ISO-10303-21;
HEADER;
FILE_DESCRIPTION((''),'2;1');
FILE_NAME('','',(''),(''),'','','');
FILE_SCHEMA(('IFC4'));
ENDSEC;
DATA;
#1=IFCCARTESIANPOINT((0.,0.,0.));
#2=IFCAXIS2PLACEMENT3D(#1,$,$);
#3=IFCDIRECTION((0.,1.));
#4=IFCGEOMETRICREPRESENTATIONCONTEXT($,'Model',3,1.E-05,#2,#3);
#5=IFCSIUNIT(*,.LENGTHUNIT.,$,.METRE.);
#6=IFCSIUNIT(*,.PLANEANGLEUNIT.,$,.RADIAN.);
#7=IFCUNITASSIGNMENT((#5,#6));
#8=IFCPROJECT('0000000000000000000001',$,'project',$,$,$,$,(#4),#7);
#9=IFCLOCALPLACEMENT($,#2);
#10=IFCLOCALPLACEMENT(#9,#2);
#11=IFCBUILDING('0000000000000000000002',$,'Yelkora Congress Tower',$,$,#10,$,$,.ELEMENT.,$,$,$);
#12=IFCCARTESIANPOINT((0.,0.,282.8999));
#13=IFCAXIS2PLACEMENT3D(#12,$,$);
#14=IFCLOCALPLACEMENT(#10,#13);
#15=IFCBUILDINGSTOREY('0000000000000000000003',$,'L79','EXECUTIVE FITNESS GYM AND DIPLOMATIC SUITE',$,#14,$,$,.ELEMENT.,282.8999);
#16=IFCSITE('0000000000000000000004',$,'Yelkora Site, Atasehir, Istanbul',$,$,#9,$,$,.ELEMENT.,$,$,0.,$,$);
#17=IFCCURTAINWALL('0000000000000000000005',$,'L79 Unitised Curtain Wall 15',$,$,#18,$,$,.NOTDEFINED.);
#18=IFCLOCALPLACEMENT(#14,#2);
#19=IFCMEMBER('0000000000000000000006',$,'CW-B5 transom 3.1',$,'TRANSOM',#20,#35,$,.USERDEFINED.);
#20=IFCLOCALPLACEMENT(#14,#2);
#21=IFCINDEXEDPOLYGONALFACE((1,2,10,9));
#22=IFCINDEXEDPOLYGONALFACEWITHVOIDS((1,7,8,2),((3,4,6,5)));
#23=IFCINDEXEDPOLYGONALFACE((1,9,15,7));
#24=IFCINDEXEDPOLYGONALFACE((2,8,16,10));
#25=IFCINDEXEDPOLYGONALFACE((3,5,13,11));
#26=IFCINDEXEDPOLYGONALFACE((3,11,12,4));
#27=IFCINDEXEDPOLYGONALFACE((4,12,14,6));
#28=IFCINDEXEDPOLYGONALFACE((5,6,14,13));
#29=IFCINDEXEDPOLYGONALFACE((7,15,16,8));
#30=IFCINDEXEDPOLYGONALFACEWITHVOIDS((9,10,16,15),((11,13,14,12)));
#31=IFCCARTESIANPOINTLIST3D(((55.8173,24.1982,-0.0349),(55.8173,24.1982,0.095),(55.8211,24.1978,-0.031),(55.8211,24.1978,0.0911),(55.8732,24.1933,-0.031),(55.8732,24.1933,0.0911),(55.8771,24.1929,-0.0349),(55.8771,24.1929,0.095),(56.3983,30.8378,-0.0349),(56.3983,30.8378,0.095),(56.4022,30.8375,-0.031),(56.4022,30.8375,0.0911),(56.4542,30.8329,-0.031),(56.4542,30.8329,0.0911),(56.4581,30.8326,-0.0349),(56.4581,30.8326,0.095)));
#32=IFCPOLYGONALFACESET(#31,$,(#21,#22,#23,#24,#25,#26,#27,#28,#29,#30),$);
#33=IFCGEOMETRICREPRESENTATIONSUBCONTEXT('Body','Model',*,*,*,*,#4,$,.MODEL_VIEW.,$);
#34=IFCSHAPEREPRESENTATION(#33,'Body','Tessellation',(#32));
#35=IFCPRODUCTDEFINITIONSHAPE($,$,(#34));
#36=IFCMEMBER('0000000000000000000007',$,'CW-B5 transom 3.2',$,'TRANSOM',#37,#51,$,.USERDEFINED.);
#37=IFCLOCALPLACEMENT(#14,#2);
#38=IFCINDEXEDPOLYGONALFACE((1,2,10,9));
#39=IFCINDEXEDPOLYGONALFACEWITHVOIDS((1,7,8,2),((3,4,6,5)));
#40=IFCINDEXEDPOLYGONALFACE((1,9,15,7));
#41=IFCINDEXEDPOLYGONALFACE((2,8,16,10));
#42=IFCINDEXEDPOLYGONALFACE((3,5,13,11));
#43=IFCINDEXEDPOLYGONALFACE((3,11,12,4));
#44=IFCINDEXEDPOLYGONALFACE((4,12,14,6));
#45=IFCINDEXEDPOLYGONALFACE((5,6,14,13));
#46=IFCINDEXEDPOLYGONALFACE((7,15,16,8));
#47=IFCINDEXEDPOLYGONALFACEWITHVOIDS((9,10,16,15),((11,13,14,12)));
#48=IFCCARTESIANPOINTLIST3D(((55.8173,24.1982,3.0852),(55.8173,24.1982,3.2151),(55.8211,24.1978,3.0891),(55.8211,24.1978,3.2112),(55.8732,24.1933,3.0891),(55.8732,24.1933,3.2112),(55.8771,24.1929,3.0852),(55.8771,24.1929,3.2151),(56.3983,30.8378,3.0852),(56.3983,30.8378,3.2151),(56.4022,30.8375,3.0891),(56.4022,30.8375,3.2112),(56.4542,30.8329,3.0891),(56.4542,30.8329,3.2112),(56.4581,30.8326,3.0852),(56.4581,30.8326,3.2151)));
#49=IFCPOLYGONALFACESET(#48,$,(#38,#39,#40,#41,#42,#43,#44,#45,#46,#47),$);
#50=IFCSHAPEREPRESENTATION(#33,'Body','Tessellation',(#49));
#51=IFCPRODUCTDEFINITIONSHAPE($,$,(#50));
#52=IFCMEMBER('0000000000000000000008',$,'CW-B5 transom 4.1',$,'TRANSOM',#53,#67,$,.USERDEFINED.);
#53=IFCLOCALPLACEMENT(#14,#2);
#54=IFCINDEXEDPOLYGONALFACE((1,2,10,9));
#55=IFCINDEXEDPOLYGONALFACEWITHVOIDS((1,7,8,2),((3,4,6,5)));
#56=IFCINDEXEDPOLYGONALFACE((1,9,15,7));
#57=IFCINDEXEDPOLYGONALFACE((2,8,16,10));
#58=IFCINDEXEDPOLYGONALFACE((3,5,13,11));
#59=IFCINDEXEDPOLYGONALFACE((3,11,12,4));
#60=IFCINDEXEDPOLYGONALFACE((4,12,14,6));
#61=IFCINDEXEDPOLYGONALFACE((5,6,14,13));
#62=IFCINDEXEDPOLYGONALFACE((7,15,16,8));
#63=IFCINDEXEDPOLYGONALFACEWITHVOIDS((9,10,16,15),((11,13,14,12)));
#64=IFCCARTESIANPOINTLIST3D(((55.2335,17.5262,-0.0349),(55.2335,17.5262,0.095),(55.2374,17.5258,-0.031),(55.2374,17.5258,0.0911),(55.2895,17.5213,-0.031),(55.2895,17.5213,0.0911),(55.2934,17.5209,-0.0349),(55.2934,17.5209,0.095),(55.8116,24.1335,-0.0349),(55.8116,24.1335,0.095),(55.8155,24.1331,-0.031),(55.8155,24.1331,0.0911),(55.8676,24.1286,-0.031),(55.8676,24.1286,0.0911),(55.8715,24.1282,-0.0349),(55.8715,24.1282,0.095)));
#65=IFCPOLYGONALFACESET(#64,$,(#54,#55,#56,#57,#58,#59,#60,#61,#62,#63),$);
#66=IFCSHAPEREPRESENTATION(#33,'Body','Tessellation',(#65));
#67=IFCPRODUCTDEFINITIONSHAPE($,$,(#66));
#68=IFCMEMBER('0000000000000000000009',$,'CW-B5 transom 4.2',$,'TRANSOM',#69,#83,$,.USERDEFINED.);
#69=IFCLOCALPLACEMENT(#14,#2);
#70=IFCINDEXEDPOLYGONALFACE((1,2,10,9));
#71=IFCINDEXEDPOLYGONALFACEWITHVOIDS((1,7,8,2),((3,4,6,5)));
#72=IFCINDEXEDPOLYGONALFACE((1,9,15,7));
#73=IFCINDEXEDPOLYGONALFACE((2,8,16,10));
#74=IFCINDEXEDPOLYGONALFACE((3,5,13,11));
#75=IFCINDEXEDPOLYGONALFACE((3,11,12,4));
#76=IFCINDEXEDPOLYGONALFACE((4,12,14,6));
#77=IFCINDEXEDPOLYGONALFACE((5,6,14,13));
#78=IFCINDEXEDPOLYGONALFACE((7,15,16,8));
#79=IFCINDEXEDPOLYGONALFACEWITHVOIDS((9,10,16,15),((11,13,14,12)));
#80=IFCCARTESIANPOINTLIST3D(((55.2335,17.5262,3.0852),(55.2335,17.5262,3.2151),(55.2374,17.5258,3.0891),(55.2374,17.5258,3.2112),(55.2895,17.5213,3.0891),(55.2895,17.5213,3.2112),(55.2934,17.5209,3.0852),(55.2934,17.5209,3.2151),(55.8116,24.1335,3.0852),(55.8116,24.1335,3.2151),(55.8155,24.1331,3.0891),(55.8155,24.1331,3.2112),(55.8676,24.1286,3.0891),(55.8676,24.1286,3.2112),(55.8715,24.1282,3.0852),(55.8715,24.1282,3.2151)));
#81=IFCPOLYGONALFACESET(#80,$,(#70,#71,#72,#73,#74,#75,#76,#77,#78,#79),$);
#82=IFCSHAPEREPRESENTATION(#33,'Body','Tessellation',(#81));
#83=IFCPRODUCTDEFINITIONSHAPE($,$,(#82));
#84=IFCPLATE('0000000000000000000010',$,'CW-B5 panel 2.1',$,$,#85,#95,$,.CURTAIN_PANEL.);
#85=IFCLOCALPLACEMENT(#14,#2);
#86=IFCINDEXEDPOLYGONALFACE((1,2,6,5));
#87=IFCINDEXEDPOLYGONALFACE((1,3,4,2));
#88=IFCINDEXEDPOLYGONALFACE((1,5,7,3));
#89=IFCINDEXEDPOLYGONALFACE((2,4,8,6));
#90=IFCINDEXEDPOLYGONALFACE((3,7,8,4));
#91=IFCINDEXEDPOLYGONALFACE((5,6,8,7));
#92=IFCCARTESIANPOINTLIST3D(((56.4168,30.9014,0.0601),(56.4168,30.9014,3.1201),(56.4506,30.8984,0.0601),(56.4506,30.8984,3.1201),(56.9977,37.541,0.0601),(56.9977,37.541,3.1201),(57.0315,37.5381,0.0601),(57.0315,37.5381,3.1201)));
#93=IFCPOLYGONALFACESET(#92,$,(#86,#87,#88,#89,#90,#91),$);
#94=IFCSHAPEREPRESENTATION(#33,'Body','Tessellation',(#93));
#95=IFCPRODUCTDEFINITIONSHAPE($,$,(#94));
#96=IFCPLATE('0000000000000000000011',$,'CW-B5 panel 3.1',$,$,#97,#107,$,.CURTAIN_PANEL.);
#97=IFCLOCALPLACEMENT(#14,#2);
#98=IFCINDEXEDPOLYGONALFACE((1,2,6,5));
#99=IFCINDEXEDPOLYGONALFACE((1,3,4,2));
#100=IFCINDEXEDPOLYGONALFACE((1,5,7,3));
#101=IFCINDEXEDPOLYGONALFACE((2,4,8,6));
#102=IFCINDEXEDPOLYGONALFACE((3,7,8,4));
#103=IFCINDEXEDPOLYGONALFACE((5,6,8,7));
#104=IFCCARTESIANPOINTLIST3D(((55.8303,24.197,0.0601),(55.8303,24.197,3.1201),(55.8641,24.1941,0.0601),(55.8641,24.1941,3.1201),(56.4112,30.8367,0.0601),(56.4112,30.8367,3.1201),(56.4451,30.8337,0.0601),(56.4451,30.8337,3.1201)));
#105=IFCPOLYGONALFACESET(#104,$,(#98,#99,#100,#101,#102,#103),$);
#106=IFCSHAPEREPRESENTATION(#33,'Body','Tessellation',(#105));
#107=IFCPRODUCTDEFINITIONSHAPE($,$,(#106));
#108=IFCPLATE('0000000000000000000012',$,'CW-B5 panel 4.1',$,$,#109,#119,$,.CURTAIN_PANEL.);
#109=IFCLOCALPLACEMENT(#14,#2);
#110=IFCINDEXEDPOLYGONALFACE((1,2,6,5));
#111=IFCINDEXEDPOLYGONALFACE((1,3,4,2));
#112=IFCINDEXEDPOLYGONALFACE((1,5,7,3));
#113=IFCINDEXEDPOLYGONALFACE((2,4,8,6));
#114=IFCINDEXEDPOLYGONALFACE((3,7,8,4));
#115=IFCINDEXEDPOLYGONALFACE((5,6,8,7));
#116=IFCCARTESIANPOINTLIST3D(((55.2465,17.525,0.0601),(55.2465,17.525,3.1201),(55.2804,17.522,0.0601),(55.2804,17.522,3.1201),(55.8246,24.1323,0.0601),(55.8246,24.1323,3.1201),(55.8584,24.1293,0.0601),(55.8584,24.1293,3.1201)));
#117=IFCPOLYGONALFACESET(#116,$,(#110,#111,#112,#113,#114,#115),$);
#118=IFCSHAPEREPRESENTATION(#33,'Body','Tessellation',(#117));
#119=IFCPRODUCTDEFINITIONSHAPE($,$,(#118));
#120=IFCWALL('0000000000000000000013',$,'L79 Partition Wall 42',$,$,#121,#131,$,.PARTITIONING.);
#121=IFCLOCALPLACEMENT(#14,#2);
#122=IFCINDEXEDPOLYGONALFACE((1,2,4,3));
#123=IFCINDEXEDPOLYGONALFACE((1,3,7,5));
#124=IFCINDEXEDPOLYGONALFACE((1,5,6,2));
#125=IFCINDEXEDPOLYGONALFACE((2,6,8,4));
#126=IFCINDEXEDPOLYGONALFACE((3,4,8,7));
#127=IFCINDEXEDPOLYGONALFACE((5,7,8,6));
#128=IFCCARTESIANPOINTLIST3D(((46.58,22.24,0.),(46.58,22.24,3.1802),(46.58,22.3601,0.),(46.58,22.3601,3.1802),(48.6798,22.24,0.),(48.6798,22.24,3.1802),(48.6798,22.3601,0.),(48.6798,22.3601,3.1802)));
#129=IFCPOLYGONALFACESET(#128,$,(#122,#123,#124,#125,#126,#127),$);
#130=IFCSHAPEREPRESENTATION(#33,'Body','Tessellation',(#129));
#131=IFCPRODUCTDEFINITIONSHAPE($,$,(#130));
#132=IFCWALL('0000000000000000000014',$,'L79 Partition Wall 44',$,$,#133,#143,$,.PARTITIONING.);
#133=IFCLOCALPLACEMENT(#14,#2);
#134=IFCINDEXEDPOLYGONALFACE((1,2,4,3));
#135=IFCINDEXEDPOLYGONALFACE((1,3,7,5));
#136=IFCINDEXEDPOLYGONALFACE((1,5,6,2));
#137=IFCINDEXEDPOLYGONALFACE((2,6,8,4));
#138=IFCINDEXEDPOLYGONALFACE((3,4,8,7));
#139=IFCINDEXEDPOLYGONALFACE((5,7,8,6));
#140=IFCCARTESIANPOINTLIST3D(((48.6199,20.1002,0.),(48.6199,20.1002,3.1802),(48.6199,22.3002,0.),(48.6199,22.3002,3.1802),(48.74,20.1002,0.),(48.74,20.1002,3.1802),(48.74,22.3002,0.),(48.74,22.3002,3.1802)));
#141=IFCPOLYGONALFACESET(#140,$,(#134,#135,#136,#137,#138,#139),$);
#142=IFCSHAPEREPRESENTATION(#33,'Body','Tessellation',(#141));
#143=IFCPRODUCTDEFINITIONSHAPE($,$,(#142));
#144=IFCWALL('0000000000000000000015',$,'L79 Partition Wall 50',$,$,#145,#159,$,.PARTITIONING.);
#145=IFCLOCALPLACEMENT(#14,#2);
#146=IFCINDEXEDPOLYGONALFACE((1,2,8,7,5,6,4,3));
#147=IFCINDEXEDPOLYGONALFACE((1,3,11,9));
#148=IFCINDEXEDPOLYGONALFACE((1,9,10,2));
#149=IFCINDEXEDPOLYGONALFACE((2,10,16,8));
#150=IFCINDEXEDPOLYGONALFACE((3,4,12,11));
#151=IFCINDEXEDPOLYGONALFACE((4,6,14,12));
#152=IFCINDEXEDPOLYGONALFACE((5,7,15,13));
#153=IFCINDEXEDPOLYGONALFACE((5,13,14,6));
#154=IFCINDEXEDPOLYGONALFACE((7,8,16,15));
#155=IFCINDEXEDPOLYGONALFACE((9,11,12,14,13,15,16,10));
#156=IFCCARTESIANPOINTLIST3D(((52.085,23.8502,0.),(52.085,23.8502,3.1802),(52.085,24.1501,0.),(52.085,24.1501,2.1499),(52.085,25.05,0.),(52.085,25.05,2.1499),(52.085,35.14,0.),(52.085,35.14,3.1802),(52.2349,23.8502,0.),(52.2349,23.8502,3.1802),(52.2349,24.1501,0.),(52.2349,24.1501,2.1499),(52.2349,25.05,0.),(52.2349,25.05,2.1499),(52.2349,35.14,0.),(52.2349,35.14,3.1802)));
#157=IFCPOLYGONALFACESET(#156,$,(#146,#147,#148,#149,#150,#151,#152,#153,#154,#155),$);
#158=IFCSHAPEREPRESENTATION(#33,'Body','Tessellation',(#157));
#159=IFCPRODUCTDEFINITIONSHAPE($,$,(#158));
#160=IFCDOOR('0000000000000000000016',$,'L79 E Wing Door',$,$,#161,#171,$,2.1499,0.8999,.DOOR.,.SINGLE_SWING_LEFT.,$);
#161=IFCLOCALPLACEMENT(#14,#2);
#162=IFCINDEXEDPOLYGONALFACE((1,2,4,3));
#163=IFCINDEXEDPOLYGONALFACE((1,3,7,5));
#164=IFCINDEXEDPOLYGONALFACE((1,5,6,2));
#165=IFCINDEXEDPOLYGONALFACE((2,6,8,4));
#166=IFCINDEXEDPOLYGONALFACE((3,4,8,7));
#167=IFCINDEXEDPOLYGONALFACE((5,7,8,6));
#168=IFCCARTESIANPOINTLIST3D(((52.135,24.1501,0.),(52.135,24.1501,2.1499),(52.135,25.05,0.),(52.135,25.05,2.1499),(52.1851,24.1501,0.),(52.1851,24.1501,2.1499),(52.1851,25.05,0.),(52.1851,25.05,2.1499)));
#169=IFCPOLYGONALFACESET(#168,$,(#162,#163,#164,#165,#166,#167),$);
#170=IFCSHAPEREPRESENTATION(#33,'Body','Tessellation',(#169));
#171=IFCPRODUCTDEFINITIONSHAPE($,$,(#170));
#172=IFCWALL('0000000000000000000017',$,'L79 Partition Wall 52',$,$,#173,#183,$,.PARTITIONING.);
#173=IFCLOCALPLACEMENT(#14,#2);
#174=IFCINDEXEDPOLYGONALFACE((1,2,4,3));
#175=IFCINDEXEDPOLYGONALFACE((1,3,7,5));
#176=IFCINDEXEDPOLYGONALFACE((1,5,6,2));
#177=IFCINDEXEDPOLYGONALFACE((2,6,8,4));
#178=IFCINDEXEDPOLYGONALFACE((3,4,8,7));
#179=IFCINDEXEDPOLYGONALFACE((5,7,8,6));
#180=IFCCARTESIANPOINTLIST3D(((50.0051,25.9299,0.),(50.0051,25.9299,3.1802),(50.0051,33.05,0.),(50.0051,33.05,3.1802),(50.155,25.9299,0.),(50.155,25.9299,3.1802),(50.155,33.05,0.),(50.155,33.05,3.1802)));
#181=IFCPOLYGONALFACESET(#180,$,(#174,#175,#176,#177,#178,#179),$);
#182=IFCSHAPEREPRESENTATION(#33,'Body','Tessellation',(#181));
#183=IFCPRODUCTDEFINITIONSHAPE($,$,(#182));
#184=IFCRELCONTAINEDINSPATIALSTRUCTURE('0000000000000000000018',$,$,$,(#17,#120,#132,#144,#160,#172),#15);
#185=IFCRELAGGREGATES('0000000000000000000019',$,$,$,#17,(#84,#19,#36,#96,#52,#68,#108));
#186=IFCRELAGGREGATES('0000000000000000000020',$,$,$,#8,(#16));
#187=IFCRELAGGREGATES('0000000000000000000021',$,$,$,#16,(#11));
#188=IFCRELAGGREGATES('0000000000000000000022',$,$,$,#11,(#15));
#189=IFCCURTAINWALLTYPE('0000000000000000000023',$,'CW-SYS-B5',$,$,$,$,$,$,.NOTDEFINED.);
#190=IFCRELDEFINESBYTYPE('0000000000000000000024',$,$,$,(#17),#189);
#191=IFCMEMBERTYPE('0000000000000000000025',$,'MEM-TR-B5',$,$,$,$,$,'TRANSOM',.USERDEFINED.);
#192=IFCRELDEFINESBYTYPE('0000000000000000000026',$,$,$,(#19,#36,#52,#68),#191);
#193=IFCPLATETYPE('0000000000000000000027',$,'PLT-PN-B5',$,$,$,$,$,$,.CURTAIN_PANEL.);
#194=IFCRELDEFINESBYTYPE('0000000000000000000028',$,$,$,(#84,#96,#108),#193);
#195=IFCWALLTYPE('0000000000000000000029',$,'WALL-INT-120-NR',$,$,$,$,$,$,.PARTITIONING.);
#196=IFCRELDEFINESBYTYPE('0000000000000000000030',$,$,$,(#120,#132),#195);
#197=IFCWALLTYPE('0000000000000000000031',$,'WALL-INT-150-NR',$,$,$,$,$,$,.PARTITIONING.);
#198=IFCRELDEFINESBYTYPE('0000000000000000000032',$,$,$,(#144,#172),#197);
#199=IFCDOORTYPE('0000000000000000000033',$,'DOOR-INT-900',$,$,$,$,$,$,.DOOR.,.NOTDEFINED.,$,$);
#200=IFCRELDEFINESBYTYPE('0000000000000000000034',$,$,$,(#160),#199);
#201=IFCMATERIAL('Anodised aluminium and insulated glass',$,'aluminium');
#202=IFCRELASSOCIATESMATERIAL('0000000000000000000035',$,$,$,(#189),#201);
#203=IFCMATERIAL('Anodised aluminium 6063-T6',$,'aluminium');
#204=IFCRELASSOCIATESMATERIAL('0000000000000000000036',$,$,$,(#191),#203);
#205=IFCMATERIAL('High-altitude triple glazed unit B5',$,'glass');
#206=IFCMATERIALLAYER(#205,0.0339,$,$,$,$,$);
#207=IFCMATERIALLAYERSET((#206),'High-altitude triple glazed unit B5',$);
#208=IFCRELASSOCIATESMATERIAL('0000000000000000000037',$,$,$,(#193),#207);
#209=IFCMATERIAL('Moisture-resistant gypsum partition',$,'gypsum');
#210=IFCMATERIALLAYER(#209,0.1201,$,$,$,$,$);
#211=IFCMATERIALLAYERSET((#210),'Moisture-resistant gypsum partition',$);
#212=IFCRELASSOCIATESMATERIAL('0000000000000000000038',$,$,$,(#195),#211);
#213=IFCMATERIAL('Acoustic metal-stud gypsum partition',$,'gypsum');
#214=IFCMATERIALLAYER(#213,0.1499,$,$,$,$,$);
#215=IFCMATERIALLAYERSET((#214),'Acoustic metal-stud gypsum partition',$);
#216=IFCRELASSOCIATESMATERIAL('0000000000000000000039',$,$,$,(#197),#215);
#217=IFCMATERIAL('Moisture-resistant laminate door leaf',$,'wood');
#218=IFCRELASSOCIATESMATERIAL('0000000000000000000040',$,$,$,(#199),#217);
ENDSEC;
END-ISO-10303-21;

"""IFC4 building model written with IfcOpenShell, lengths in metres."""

from ifc_helpers import new_model, si_unit, direction, frame, frame_2d, origin, origin_2d, place, context, subcontext, project, spatial, rectangle, hollow_rectangle, extrude, material, layer, layer_set, material_profile, profile_set, type_object, element, fill, aggregate, save


model = new_model("IFC4")

# Units and contexts
model_context = context("Model", 3, precision=1e-05, world=origin(), true_north=direction((0.0, 1.0)))
body_context = subcontext(model_context, "Body", "Model", "MODEL_VIEW")
ifc_project = project(units=[si_unit("LENGTHUNIT", "METRE"), si_unit("PLANEANGLEUNIT", "RADIAN")], contexts=[model_context])

# Site, building, storey
site_placement = place(None, origin())
site = spatial("IfcSite", under=ifc_project, at=site_placement, Name="Yelkora Site, Atasehir, Istanbul", CompositionType="ELEMENT", RefElevation=0.0)
building_placement = place(site_placement, origin())
building = spatial("IfcBuilding", under=site, at=building_placement, Name="Yelkora Congress Tower", CompositionType="ELEMENT")
storey_placement = place(building_placement, frame((0.0, 0.0, 282.8999)))
storey = spatial("IfcBuildingStorey", under=building, at=storey_placement, Name="L79", Description="EXECUTIVE FITNESS GYM AND DIPLOMATIC SUITE", CompositionType="ELEMENT", Elevation=282.8999)

# Curtain wall, members, plates
ifc_material_1 = material(Name="Anodised aluminium and insulated glass", Category="aluminium")
curtain_wall_type = type_object("IfcCurtainWallType", Name="CW-SYS-B5", PredefinedType="NOTDEFINED", material=ifc_material_1)
curtain_wall_placement = place(storey_placement, origin())
curtain_wall = element("IfcCurtainWall", 1, at=curtain_wall_placement, inside=storey, type_object=curtain_wall_type, Name="L79 Unitised Curtain Wall 15", PredefinedType="NOTDEFINED")
ifc_material_2 = material(Name="Anodised aluminium 6063-T6", Category="aluminium")
ifc_material_profile_1 = material_profile(ifc_material_2, hollow_rectangle(XDim=0.0601, YDim=0.1299, WallThickness=0.0039, at=origin_2d()), Name="ALU 60x130x4")
ifc_profile_set_1 = profile_set([ifc_material_profile_1], Name="Anodised aluminium 6063-T6")
member_type_1 = type_object("IfcMemberType", Name="MEM-TR-B5", ElementType="TRANSOM", PredefinedType="USERDEFINED", material=ifc_profile_set_1)
member_1_placement = place(storey_placement, frame((56.4282, 30.8352, 0.03), z_axis=(-0.08718, -0.996193, 0.0), x_axis=(0.996193, -0.08718, 0.0)))
member_1 = element("IfcMember", 2, at=member_1_placement, type_object=member_type_1, Name="CW-B5 transom 3.1", ObjectType="TRANSOM", PredefinedType="USERDEFINED", context=body_context, shape_type="SweptSolid", body=[
    extrude(hollow_rectangle(XDim=0.0601, YDim=0.1299, WallThickness=0.0039, at=origin_2d()), origin(), (0.0, 0.0, 1.0), 6.665),
])
member_2_placement = place(storey_placement, frame((56.4282, 30.8352, 3.1501), z_axis=(-0.08718, -0.996193, 0.0), x_axis=(0.996193, -0.08718, 0.0)))
member_2 = element("IfcMember", 3, at=member_2_placement, type_object=member_type_1, Name="CW-B5 transom 3.2", ObjectType="TRANSOM", PredefinedType="USERDEFINED", context=body_context, shape_type="SweptSolid", body=[
    extrude(hollow_rectangle(XDim=0.0601, YDim=0.1299, WallThickness=0.0039, at=origin_2d()), origin(), (0.0, 0.0, 1.0), 6.665),
])
member_3_placement = place(storey_placement, frame((55.8416, 24.1309, 0.03), z_axis=(-0.087163, -0.996194, 0.0), x_axis=(0.996194, -0.087163, 0.0)))
member_3 = element("IfcMember", 4, at=member_3_placement, type_object=member_type_1, Name="CW-B5 transom 4.1", ObjectType="TRANSOM", PredefinedType="USERDEFINED", context=body_context, shape_type="SweptSolid", body=[
    extrude(hollow_rectangle(XDim=0.0601, YDim=0.1299, WallThickness=0.0039, at=origin_2d()), origin(), (0.0, 0.0, 1.0), 6.6326),
])
member_4_placement = place(storey_placement, frame((55.8416, 24.1309, 3.1501), z_axis=(-0.087163, -0.996194, 0.0), x_axis=(0.996194, -0.087163, 0.0)))
member_4 = element("IfcMember", 5, at=member_4_placement, type_object=member_type_1, Name="CW-B5 transom 4.2", ObjectType="TRANSOM", PredefinedType="USERDEFINED", context=body_context, shape_type="SweptSolid", body=[
    extrude(hollow_rectangle(XDim=0.0601, YDim=0.1299, WallThickness=0.0039, at=origin_2d()), origin(), (0.0, 0.0, 1.0), 6.6326),
])
ifc_material_3 = material(Name="High-altitude triple glazed unit B5", Category="glass")
ifc_layer_1 = layer(ifc_material_3, 0.0339)
ifc_layer_set_1 = layer_set([ifc_layer_1], Name="High-altitude triple glazed unit B5")
plate_type = type_object("IfcPlateType", Name="PLT-PN-B5", PredefinedType="CURTAIN_PANEL", material=ifc_layer_set_1)
plate_1_placement = place(storey_placement, frame((56.7241, 34.2197, 0.0601), z_axis=(0.0, 0.0, 1.0), x_axis=(-0.087158, -0.996194, 0.0)))
plate_1 = element("IfcPlate", 6, at=plate_1_placement, type_object=plate_type, Name="CW-B5 panel 2.1", PredefinedType="CURTAIN_PANEL", context=body_context, shape_type="SweptSolid", body=[
    extrude(rectangle(XDim=6.665, YDim=0.0339, at=origin_2d()), origin(), (0.0, 0.0, 1.0), 3.0601),
])
plate_2_placement = place(storey_placement, frame((56.1377, 27.5154, 0.0601), z_axis=(0.0, 0.0, 1.0), x_axis=(-0.087158, -0.996194, 0.0)))
plate_2 = element("IfcPlate", 7, at=plate_2_placement, type_object=plate_type, Name="CW-B5 panel 3.1", PredefinedType="CURTAIN_PANEL", context=body_context, shape_type="SweptSolid", body=[
    extrude(rectangle(XDim=6.665, YDim=0.0339, at=origin_2d()), origin(), (0.0, 0.0, 1.0), 3.0601),
])
plate_3_placement = place(storey_placement, frame((55.5525, 20.8271, 0.0601), z_axis=(0.0, 0.0, 1.0), x_axis=(-0.087158, -0.996194, 0.0)))
plate_3 = element("IfcPlate", 8, at=plate_3_placement, type_object=plate_type, Name="CW-B5 panel 4.1", PredefinedType="CURTAIN_PANEL", context=body_context, shape_type="SweptSolid", body=[
    extrude(rectangle(XDim=6.6326, YDim=0.0339, at=origin_2d()), origin(), (0.0, 0.0, 1.0), 3.0601),
])
aggregate(curtain_wall, [plate_1, member_1, member_2, plate_2, member_3, member_4, plate_3])

# Walls
ifc_material_4 = material(Name="Moisture-resistant gypsum partition", Category="gypsum")
ifc_layer_2 = layer(ifc_material_4, 0.1201)
ifc_layer_set_2 = layer_set([ifc_layer_2], Name="Moisture-resistant gypsum partition")
wall_type_1 = type_object("IfcWallType", Name="WALL-INT-120-NR", PredefinedType="PARTITIONING", material=ifc_layer_set_2)
wall_1_placement = place(storey_placement, frame((46.5801, 22.3, 0.0), z_axis=(0.0, 0.0, 1.0), x_axis=(1.0, 0.0, 0.0)))
element("IfcWall", 9, at=wall_1_placement, inside=storey, type_object=wall_type_1, Name="L79 Partition Wall 42", PredefinedType="PARTITIONING", context=body_context, shape_type="SweptSolid", body=[
    extrude(rectangle(XDim=2.0999, YDim=0.1201, at=frame_2d((1.0498, 0.0))), origin(), (0.0, 0.0, 1.0), 3.1802),
])
wall_2_placement = place(storey_placement, frame((48.6799, 20.1001, 0.0), z_axis=(0.0, 0.0, 1.0), x_axis=(0.0, 1.0, 0.0)))
element("IfcWall", 10, at=wall_2_placement, inside=storey, type_object=wall_type_1, Name="L79 Partition Wall 44", PredefinedType="PARTITIONING", context=body_context, shape_type="SweptSolid", body=[
    extrude(rectangle(XDim=2.2, YDim=0.1201, at=frame_2d((1.1001, 0.0))), origin(), (0.0, 0.0, 1.0), 3.1802),
])

# Wall, opening, door
ifc_material_5 = material(Name="Acoustic metal-stud gypsum partition", Category="gypsum")
ifc_layer_3 = layer(ifc_material_5, 0.1499)
ifc_layer_set_3 = layer_set([ifc_layer_3], Name="Acoustic metal-stud gypsum partition")
wall_type_2 = type_object("IfcWallType", Name="WALL-INT-150-NR", PredefinedType="PARTITIONING", material=ifc_layer_set_3)
wall_3_placement = place(storey_placement, frame((52.1599, 23.8501, 0.0), z_axis=(0.0, 0.0, 1.0), x_axis=(0.0, 1.0, 0.0)))
wall_3 = element("IfcWall", 11, at=wall_3_placement, inside=storey, type_object=wall_type_2, Name="L79 Partition Wall 50", PredefinedType="PARTITIONING", context=body_context, shape_type="SweptSolid", body=[
    extrude(rectangle(XDim=11.2898, YDim=0.1499, at=frame_2d((5.645, 0.0))), origin(), (0.0, 0.0, 1.0), 3.1802),
])
opening_placement = place(wall_3_placement, frame((0.3, 0.0, 0.0)))
opening = element("IfcOpeningElement", 12, at=opening_placement, cuts=wall_3, PredefinedType="OPENING", context=body_context, shape_type="SweptSolid", body=[
    extrude(rectangle(XDim=0.8999, YDim=2.1499, at=frame_2d((0.45, 1.075))), frame((0.0, 0.085, 0.0), z_axis=(0.0, -1.0, 0.0), x_axis=(1.0, 0.0, 0.0)), (0.0, 0.0, 1.0), 0.1699),
])
ifc_material_6 = material(Name="Moisture-resistant laminate door leaf", Category="wood")
door_type = type_object("IfcDoorType", Name="DOOR-INT-900", OperationType="NOTDEFINED", PredefinedType="DOOR", material=ifc_material_6)
door_placement = place(opening_placement, origin())
door = element("IfcDoor", 13, at=door_placement, inside=storey, type_object=door_type, Name="L79 E Wing Door", OperationType="SINGLE_SWING_LEFT", OverallHeight=2.1499, OverallWidth=0.8999, PredefinedType="DOOR", context=body_context, shape_type="SweptSolid", body=[
    extrude(rectangle(XDim=0.8999, YDim=2.1499, at=frame_2d((0.45, 1.075))), frame((0.0, 0.0249, 0.0), z_axis=(0.0, -1.0, 0.0), x_axis=(1.0, 0.0, 0.0)), (0.0, 0.0, 1.0), 0.05),
])
fill(opening, door)

# Wall
wall_4_placement = place(storey_placement, frame((50.0801, 25.9299, 0.0), z_axis=(0.0, 0.0, 1.0), x_axis=(0.0, 1.0, 0.0)))
element("IfcWall", 14, at=wall_4_placement, inside=storey, type_object=wall_type_2, Name="L79 Partition Wall 52", PredefinedType="PARTITIONING", context=body_context, shape_type="SweptSolid", body=[
    extrude(rectangle(XDim=7.1201, YDim=0.1499, at=frame_2d((3.5601, 0.0))), origin(), (0.0, 0.0, 1.0), 3.1802),
])

save(model, "model.ifc")
